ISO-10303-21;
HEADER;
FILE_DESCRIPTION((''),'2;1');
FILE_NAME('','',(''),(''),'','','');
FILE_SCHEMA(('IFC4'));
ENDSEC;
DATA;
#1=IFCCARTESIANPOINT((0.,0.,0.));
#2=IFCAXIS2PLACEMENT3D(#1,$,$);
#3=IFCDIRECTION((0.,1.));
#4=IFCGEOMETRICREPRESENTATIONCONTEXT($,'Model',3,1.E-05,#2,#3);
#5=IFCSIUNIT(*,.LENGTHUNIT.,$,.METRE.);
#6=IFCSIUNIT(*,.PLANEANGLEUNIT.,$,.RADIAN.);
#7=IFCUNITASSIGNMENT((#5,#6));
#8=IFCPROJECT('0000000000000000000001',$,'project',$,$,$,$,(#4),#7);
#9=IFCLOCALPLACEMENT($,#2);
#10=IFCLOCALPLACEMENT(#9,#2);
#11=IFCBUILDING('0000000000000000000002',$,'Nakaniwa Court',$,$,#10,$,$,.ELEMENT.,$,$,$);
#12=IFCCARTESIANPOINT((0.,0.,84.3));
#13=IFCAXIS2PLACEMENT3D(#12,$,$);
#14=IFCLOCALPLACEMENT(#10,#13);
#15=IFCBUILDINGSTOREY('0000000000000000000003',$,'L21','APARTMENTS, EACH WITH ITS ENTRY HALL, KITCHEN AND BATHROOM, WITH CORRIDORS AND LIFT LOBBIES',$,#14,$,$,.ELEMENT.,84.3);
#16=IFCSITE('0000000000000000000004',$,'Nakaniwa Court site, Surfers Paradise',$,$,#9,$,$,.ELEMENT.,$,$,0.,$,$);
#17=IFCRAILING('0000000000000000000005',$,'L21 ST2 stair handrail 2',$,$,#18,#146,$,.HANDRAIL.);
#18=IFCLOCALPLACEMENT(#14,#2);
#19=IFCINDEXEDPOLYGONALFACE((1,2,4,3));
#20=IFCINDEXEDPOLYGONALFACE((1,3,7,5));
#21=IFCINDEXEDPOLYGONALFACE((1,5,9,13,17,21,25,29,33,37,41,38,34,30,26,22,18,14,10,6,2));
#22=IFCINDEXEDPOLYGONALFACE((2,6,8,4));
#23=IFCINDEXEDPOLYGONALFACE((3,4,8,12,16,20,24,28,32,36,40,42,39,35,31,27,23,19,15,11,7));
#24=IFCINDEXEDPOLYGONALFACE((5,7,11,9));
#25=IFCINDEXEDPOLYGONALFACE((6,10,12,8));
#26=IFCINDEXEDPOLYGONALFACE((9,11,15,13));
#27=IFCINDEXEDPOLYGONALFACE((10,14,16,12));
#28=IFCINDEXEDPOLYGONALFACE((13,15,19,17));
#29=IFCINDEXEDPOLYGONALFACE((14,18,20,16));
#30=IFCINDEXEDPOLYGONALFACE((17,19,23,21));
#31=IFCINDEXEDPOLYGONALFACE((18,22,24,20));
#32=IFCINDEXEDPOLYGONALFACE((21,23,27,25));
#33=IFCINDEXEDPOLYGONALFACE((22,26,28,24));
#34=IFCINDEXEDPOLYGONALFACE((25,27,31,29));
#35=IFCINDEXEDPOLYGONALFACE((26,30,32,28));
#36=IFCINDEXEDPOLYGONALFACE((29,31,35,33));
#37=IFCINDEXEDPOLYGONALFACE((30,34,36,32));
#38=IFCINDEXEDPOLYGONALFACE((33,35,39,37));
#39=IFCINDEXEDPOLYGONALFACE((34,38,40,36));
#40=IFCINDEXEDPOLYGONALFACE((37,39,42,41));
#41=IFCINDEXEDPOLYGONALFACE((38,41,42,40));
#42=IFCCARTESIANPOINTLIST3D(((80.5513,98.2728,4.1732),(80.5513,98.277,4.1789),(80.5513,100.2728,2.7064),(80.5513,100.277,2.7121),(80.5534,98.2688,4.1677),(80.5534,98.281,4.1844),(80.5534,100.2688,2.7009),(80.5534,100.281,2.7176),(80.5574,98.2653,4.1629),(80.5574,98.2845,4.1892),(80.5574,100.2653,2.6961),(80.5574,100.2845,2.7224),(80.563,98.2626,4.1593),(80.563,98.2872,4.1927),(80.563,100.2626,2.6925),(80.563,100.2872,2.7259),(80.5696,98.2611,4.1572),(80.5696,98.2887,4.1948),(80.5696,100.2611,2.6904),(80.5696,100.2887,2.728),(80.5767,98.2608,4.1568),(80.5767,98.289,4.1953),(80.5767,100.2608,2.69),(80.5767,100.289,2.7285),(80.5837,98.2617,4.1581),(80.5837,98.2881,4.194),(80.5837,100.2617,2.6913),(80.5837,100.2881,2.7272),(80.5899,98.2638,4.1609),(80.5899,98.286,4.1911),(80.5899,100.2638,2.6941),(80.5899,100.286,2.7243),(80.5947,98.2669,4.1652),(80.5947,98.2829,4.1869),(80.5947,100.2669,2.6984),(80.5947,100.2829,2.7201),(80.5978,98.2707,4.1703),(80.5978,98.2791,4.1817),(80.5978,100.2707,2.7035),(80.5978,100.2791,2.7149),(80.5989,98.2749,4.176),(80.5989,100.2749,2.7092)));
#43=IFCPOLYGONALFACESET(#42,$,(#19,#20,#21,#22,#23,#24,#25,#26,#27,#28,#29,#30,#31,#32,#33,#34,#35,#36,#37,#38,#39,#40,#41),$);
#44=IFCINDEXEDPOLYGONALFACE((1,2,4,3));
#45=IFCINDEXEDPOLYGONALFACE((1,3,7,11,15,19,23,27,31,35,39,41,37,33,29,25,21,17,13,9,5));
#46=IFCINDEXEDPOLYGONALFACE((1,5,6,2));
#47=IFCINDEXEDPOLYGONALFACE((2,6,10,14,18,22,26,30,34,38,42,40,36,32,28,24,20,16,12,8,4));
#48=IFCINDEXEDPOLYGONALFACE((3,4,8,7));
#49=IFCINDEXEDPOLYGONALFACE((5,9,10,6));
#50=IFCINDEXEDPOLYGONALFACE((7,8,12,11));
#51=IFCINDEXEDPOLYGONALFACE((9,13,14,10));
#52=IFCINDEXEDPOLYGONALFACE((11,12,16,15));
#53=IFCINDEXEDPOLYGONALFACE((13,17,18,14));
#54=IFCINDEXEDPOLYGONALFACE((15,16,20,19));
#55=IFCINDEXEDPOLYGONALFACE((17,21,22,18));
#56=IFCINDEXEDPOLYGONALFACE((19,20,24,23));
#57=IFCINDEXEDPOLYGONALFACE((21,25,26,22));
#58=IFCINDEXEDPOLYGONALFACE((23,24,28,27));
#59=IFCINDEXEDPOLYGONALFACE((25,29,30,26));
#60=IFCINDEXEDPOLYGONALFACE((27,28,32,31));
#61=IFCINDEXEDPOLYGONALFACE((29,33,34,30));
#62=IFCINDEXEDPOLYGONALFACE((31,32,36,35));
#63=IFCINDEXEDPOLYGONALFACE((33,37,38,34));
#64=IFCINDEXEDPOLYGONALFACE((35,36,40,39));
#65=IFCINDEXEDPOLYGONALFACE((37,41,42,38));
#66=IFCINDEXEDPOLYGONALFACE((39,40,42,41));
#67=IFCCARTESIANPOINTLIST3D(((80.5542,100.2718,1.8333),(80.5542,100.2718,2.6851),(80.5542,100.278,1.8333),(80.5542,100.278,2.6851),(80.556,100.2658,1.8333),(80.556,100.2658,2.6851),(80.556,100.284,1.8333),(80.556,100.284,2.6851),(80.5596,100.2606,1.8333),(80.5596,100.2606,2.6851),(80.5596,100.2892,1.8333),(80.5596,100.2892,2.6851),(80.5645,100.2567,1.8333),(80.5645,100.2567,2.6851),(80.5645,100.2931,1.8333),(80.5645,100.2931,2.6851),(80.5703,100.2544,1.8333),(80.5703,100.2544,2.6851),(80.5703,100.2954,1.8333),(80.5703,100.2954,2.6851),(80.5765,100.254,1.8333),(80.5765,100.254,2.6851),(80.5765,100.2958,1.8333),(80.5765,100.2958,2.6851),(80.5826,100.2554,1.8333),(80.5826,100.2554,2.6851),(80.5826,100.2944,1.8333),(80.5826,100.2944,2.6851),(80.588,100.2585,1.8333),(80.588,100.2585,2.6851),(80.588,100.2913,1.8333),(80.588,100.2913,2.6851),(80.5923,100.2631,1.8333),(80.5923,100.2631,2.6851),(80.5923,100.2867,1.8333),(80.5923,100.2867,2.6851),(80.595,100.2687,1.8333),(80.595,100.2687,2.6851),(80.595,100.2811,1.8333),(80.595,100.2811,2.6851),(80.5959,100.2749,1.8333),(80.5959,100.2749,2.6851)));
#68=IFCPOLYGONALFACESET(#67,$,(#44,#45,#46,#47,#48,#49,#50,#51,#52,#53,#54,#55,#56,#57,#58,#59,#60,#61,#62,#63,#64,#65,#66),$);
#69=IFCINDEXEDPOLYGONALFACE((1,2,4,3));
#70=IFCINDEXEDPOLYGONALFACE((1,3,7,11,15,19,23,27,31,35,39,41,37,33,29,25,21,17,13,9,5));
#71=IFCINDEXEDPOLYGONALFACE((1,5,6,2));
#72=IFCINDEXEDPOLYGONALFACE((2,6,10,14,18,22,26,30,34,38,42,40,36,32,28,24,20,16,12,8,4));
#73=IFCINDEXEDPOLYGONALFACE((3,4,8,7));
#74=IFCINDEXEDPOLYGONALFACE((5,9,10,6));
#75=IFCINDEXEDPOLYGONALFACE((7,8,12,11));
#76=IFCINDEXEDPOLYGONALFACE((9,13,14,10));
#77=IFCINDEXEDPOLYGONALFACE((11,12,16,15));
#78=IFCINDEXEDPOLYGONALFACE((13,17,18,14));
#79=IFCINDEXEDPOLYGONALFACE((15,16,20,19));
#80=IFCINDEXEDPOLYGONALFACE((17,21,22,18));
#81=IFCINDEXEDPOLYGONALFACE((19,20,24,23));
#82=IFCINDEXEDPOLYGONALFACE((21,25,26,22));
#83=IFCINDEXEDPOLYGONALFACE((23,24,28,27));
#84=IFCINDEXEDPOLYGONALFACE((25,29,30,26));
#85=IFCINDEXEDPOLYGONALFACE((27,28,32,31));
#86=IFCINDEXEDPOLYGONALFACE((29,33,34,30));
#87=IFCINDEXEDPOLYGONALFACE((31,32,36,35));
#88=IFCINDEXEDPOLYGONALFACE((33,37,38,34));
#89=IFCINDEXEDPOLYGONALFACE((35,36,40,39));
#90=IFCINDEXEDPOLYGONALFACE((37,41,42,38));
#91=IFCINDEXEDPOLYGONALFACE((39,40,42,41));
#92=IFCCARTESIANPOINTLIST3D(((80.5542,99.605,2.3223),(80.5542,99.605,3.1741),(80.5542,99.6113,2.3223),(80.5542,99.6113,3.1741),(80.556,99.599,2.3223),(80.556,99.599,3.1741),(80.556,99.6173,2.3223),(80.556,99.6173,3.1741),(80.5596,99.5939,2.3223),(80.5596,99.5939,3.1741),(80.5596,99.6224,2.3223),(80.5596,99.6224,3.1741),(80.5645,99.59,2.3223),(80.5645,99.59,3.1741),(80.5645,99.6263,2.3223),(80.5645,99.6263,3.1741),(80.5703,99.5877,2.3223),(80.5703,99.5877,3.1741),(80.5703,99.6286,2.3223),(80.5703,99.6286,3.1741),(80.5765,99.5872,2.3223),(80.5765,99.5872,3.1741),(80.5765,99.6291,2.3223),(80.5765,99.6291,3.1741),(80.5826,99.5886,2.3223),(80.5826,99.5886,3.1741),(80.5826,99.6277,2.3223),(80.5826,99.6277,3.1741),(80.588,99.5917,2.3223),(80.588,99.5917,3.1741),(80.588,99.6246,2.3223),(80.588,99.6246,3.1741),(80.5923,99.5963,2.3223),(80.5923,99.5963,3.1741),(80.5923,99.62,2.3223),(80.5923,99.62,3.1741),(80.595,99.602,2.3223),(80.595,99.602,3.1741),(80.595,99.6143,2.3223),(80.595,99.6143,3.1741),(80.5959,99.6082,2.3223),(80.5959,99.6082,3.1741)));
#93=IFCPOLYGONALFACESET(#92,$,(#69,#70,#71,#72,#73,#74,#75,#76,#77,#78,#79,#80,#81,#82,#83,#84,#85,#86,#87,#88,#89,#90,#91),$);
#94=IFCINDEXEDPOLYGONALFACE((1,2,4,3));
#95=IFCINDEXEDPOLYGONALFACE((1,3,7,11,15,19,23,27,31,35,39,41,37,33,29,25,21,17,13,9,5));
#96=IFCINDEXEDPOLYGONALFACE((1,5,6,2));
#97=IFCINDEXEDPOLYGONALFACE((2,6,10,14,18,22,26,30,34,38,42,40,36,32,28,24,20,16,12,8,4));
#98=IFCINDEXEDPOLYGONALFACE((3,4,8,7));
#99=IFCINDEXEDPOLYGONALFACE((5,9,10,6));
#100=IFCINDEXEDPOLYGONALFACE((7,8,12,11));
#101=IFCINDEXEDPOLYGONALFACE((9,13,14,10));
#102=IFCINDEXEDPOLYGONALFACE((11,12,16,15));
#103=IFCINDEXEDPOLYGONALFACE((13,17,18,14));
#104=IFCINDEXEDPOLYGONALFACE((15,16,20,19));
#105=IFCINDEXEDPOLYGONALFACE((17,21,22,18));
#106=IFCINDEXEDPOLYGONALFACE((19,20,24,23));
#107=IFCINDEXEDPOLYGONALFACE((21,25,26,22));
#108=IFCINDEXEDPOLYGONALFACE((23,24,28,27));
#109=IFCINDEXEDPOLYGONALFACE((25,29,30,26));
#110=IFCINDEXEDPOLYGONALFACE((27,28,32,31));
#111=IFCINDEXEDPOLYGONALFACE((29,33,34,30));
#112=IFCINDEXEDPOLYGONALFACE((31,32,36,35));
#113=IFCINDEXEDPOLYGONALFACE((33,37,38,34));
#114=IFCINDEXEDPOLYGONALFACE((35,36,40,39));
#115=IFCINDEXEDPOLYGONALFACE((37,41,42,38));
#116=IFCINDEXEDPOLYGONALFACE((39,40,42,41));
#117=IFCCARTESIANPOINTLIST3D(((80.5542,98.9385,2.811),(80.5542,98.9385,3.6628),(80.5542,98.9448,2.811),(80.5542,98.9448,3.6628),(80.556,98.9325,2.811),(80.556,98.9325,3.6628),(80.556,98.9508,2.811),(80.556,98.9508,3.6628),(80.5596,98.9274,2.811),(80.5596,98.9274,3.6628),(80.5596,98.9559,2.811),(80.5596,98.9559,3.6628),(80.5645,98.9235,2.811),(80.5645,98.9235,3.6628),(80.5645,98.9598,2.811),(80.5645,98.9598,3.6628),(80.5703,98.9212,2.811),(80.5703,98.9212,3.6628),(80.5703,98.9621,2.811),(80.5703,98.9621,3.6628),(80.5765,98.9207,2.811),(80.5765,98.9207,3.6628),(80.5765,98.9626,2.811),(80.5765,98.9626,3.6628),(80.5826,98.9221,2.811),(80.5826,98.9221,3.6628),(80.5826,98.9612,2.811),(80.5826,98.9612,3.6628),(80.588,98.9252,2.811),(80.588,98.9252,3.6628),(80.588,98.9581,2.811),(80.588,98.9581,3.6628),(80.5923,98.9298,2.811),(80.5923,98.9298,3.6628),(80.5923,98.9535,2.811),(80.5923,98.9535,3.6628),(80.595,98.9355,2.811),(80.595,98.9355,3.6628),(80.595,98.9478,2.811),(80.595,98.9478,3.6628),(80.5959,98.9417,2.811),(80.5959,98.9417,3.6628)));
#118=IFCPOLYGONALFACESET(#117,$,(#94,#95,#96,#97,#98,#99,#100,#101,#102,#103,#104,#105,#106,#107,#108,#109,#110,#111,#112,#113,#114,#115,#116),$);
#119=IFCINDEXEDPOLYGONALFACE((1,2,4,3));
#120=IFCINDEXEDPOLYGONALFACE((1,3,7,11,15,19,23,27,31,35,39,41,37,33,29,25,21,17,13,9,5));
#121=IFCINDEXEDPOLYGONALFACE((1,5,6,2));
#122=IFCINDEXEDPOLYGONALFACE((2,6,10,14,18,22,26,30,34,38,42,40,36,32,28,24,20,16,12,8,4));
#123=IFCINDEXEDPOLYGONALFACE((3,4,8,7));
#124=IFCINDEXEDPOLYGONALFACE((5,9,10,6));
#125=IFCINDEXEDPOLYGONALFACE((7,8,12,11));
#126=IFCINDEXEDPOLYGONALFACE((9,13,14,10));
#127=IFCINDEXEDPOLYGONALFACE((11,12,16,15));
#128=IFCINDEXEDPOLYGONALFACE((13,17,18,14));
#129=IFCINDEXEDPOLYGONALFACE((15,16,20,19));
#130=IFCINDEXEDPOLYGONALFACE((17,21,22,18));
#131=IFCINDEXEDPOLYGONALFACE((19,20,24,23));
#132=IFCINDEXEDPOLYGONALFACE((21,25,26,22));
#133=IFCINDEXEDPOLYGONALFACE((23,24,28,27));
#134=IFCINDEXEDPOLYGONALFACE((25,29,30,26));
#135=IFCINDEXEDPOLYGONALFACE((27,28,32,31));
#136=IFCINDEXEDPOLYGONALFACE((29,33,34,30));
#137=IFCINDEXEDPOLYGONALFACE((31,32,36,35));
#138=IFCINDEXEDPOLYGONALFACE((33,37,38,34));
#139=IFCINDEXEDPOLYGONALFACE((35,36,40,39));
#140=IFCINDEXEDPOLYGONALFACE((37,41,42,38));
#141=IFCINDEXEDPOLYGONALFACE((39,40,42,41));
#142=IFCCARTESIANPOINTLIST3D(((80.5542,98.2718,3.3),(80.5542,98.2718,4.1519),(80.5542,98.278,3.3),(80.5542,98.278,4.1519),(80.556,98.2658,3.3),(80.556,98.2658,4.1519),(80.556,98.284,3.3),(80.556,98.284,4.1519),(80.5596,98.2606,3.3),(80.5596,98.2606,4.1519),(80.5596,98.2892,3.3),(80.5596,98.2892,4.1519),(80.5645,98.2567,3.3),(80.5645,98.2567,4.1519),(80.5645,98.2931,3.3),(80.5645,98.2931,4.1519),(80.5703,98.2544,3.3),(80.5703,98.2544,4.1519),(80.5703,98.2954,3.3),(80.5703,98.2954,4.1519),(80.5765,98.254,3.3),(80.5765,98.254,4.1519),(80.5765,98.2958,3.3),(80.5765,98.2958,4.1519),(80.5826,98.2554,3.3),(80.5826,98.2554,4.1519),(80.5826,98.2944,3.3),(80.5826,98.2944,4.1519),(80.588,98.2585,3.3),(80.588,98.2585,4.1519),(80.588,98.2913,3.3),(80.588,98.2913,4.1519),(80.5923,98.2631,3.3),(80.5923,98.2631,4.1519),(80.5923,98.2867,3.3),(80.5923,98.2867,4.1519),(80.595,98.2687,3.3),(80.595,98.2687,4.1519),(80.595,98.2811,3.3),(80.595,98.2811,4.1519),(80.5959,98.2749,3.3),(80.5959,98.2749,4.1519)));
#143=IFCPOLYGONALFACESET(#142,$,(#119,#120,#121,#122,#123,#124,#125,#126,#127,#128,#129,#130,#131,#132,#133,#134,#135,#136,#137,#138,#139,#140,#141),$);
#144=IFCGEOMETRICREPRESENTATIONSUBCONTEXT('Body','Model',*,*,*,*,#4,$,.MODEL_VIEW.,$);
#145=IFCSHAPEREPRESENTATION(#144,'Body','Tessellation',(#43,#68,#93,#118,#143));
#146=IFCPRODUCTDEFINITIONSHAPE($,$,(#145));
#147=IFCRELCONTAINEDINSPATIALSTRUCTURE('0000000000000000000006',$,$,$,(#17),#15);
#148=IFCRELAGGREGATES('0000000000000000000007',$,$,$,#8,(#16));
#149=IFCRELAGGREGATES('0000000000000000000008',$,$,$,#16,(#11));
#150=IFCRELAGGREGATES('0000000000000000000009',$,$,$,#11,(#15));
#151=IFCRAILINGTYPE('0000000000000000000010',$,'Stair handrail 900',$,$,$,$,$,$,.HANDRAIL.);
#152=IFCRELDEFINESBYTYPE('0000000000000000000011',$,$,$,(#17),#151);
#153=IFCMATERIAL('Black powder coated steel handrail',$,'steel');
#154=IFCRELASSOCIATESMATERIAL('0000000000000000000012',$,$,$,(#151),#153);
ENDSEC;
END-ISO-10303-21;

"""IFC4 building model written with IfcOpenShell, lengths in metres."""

from ifc_helpers import new_model, si_unit, direction, frame, origin, origin_2d, place, context, subcontext, project, spatial, circle, extrude, material, type_object, element, save


model = new_model("IFC4")

# Units and contexts
model_context = context("Model", 3, precision=1e-05, world=origin(), true_north=direction((0.0, 1.0)))
body_context = subcontext(model_context, "Body", "Model", "MODEL_VIEW")
ifc_project = project(units=[si_unit("LENGTHUNIT", "METRE"), si_unit("PLANEANGLEUNIT", "RADIAN")], contexts=[model_context])

# Site, building, storey
site_placement = place(None, origin())
site = spatial("IfcSite", under=ifc_project, at=site_placement, Name="Nakaniwa Court site, Surfers Paradise", CompositionType="ELEMENT", RefElevation=0.0)
building_placement = place(site_placement, origin())
building = spatial("IfcBuilding", under=site, at=building_placement, Name="Nakaniwa Court", CompositionType="ELEMENT")
storey_placement = place(building_placement, frame((0.0, 0.0, 84.3)))
storey = spatial("IfcBuildingStorey", under=building, at=storey_placement, Name="L21", Description="APARTMENTS, EACH WITH ITS ENTRY HALL, KITCHEN AND BATHROOM, WITH CORRIDORS AND LIFT LOBBIES", CompositionType="ELEMENT", Elevation=84.3)

# Railing
ifc_material_1 = material(Name="Black powder coated steel handrail", Category="steel")
railing_type_1 = type_object("IfcRailingType", Name="Stair handrail 900", PredefinedType="HANDRAIL", material=ifc_material_1)
railing_1_placement = place(storey_placement, frame((80.575, 100.2749, 1.8333)))
element("IfcRailing", 1, at=railing_1_placement, inside=storey, type_object=railing_type_1, Name="L21 ST2 stair handrail 2", PredefinedType="HANDRAIL", context=body_context, shape_type="SweptSolid", body=[
    extrude(circle(Radius=0.0239, at=origin_2d()), frame((0.0, 0.0, 0.876), z_axis=(0.0, -0.80638, 0.591398), x_axis=(1.0, 0.0, 0.0)), (0.0, 0.0, 1.0), 2.4802),
    extrude(circle(Radius=0.021, at=origin_2d()), origin(), (0.0, 0.0, 1.0), 0.8518),
    extrude(circle(Radius=0.021, at=origin_2d()), frame((0.0, -0.6667, 0.489)), (0.0, 0.0, 1.0), 0.8518),
    extrude(circle(Radius=0.021, at=origin_2d()), frame((0.0, -1.3333, 0.9778)), (0.0, 0.0, 1.0), 0.8518),
    extrude(circle(Radius=0.021, at=origin_2d()), frame((0.0, -2.0, 1.4668)), (0.0, 0.0, 1.0), 0.8518),
])

save(model, "model.ifc")
